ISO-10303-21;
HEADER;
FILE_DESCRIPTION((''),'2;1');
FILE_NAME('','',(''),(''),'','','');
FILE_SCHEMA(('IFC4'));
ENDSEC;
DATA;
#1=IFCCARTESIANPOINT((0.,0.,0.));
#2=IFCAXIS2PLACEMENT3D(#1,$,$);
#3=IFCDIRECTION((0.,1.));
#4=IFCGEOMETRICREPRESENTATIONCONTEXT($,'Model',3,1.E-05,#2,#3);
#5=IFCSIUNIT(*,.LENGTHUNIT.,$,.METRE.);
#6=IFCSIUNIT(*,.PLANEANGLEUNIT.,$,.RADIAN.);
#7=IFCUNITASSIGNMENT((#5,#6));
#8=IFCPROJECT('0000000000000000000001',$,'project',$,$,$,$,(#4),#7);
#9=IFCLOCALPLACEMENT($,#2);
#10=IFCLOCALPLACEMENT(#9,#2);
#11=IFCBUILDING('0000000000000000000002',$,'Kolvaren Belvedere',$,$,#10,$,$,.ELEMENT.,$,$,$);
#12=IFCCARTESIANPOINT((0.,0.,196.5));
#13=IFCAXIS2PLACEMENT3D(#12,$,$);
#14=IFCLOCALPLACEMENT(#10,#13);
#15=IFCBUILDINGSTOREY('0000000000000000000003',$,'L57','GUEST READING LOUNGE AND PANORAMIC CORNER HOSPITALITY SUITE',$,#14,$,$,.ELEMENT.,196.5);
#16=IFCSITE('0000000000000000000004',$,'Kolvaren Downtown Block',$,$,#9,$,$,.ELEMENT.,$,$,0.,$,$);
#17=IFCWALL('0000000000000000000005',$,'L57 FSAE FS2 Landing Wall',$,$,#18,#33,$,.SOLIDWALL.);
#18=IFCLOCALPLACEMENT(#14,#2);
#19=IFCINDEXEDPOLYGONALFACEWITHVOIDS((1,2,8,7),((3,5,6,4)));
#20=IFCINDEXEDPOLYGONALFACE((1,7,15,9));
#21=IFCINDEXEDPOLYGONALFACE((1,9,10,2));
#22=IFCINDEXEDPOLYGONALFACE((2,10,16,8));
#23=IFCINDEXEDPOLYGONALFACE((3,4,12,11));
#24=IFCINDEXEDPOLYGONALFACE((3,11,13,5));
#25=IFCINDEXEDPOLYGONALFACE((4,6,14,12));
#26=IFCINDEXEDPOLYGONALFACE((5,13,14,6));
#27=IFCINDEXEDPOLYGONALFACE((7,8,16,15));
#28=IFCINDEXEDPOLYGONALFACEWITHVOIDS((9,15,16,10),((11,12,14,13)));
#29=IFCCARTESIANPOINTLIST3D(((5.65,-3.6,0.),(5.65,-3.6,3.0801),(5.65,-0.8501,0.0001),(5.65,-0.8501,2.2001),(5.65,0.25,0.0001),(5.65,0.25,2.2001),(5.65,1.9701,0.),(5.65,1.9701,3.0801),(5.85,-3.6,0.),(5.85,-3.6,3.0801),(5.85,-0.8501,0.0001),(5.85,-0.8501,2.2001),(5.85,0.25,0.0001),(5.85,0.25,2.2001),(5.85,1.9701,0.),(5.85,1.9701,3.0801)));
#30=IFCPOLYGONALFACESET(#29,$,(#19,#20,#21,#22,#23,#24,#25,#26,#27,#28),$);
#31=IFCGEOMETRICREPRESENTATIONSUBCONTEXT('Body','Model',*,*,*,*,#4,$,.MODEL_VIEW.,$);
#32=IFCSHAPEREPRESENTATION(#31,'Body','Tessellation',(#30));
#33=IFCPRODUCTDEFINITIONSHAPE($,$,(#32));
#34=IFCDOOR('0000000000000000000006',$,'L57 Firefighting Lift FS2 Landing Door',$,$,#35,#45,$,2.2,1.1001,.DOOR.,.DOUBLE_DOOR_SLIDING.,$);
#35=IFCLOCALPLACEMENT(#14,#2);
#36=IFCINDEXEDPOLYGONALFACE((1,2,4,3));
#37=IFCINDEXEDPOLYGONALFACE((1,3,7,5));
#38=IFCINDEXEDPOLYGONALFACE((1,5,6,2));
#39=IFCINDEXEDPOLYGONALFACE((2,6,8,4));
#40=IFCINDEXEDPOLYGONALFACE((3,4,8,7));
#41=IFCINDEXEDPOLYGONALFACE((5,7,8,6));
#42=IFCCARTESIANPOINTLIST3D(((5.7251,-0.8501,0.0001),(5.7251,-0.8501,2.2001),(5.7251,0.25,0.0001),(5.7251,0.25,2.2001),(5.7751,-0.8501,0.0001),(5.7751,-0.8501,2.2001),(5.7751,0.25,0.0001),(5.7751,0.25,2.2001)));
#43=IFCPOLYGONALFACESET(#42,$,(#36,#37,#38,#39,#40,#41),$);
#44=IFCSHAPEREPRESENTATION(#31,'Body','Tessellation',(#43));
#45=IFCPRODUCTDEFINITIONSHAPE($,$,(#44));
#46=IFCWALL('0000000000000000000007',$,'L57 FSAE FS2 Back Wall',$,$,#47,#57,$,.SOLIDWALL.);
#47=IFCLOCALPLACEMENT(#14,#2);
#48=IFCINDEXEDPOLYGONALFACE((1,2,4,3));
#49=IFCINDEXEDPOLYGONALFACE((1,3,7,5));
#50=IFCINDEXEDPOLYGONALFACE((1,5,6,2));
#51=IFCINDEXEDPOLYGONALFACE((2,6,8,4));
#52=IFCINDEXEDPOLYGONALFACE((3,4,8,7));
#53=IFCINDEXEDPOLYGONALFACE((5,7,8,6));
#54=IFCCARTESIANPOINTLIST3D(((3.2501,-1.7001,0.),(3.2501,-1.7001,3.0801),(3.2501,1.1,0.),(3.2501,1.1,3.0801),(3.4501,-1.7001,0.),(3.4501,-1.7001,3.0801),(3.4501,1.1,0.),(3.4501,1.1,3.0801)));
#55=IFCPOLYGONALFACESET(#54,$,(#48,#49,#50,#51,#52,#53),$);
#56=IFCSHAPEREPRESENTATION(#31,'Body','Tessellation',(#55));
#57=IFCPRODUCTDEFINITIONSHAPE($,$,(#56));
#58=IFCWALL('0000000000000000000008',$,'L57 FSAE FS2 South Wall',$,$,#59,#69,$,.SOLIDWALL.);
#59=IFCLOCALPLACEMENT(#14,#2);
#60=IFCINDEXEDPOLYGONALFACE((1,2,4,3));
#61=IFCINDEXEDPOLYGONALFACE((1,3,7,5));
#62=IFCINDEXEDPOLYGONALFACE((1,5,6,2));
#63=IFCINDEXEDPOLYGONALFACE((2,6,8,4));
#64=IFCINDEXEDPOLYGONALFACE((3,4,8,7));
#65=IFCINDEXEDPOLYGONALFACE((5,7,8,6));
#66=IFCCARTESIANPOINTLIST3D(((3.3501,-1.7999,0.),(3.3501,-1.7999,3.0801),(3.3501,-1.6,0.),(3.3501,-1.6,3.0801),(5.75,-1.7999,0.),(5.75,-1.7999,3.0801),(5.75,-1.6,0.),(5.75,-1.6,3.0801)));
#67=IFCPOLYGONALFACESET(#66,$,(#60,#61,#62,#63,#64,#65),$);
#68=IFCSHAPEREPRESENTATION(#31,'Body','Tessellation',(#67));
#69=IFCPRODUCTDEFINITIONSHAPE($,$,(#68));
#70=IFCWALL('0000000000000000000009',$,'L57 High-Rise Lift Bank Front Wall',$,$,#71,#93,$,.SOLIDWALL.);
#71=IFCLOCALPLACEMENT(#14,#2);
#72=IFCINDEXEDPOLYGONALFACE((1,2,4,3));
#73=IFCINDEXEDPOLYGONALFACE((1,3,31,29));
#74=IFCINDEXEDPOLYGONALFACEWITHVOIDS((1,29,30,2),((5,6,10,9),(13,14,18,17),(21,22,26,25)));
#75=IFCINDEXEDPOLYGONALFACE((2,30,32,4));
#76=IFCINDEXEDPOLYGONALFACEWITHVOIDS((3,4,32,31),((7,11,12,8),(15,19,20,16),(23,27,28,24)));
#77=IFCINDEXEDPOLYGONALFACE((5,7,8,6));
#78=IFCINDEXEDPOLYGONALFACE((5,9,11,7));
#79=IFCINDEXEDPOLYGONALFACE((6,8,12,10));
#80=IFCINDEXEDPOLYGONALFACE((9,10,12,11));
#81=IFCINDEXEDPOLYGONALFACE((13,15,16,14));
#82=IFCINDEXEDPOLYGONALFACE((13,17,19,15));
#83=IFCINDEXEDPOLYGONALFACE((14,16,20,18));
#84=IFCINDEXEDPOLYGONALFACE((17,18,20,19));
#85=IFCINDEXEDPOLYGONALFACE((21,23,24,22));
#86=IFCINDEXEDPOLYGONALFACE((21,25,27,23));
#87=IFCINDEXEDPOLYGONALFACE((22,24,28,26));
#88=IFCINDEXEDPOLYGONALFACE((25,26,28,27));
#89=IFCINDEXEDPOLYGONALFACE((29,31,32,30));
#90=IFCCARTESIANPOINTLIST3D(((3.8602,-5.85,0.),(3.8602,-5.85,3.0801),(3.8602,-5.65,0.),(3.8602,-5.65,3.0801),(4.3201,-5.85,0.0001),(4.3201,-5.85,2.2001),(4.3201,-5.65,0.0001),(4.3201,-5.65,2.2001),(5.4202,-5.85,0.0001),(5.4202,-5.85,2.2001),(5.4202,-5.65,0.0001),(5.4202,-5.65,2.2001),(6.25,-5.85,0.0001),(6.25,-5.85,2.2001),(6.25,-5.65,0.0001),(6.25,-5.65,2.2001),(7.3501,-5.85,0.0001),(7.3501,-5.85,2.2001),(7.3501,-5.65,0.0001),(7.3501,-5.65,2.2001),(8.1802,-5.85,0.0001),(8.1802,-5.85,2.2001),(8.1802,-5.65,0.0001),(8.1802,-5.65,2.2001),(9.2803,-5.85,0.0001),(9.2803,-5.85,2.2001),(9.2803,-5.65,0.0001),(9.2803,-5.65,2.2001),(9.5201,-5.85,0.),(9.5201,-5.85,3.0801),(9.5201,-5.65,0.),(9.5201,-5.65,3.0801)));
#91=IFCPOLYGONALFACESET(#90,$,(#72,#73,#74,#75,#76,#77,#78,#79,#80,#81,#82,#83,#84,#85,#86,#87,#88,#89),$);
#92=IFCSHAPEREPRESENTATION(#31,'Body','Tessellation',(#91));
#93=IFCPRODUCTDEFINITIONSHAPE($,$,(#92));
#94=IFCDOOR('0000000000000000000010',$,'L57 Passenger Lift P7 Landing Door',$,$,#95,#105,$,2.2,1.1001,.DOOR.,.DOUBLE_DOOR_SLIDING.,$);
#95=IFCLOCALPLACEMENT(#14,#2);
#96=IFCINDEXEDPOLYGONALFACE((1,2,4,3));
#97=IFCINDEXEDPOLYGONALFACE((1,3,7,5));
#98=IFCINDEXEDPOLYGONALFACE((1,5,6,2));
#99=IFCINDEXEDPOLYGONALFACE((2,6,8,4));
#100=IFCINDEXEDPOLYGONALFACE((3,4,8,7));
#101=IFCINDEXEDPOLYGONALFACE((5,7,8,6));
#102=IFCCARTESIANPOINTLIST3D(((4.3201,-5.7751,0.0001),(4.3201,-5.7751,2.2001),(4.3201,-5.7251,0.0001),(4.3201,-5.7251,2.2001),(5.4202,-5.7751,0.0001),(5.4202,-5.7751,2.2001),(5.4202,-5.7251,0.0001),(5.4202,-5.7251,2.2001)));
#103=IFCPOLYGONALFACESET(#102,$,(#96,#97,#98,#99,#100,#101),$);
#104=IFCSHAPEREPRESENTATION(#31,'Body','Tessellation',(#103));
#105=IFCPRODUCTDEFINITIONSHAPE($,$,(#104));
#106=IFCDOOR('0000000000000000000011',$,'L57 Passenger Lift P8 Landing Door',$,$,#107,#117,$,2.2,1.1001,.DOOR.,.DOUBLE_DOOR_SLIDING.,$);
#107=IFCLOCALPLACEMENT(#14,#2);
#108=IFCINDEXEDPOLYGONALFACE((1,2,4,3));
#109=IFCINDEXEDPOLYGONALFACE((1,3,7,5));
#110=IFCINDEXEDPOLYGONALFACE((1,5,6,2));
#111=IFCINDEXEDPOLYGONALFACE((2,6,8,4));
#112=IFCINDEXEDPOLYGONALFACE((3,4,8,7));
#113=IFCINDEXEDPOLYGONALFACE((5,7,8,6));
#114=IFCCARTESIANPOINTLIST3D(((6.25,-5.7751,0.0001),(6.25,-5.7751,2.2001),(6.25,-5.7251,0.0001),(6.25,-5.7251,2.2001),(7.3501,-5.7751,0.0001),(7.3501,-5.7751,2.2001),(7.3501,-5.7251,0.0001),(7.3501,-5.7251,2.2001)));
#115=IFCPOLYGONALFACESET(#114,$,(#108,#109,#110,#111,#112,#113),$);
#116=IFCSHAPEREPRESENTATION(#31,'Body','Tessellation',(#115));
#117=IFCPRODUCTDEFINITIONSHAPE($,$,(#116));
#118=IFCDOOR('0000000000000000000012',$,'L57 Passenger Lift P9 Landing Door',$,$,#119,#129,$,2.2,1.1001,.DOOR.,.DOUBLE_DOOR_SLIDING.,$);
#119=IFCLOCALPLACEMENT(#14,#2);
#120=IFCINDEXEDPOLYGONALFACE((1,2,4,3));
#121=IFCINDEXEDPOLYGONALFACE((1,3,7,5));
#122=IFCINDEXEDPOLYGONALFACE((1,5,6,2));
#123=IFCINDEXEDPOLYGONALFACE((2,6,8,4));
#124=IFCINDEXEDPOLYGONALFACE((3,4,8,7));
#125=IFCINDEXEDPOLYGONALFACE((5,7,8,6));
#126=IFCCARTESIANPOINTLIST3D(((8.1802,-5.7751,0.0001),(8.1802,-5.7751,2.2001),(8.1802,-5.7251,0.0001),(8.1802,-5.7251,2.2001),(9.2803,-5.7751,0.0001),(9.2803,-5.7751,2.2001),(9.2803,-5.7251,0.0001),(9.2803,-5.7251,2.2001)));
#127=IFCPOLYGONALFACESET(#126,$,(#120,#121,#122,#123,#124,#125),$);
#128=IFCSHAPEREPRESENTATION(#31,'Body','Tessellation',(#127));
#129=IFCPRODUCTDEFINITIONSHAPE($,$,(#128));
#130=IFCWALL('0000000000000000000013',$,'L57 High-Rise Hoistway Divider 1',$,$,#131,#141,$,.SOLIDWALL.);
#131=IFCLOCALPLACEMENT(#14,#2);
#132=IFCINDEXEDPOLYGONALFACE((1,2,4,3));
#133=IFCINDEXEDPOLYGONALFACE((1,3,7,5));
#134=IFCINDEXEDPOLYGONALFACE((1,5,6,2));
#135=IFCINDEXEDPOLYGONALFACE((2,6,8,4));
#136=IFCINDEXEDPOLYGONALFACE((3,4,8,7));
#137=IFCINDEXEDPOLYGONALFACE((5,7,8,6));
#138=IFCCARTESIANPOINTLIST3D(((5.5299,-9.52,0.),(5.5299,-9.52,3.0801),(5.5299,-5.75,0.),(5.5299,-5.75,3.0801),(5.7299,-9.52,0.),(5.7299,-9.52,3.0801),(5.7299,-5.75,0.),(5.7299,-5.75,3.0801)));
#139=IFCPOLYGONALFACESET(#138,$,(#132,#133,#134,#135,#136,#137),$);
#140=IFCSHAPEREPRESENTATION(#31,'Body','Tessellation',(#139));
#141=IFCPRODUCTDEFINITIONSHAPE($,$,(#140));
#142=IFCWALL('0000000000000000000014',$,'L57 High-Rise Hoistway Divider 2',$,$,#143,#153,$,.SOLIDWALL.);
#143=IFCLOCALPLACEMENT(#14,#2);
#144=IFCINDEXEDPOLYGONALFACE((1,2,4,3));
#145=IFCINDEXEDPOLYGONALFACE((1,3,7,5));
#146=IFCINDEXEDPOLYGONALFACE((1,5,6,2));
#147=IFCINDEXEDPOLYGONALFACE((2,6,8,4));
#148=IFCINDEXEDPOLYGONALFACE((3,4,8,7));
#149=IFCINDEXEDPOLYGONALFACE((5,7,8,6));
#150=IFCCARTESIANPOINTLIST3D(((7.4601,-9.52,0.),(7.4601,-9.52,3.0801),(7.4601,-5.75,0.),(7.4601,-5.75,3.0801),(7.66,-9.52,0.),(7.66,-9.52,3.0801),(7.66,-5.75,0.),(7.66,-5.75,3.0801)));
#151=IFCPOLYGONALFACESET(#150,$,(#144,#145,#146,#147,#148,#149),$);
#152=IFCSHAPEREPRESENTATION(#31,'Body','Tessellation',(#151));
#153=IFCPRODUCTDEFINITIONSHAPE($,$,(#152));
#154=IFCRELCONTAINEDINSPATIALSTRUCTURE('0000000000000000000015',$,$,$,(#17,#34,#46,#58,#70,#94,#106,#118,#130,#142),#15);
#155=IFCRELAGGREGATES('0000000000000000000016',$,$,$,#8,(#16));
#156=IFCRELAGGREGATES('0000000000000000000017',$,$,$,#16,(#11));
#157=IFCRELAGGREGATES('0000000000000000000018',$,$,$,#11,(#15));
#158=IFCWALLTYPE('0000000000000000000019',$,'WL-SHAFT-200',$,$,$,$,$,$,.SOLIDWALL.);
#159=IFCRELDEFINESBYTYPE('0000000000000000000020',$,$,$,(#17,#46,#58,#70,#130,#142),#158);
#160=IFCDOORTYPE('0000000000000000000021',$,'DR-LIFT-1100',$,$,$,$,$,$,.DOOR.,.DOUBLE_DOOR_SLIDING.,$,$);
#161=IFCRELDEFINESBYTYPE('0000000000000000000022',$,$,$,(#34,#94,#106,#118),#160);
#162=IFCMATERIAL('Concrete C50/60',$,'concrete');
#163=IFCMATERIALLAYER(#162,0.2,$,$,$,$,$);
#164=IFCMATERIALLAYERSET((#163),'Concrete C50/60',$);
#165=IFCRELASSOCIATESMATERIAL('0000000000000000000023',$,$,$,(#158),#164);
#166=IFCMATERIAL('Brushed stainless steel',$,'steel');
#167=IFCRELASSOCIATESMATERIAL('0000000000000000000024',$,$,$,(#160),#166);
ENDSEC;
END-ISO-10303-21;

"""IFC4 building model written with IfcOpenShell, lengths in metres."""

from ifc_helpers import new_model, si_unit, direction, frame, frame_2d, origin, place, context, subcontext, project, spatial, rectangle, extrude, material, layer, layer_set, type_object, element, fill, save


model = new_model("IFC4")

# Units and contexts
model_context = context("Model", 3, precision=1e-05, world=origin(), true_north=direction((0.0, 1.0)))
body_context = subcontext(model_context, "Body", "Model", "MODEL_VIEW")
ifc_project = project(units=[si_unit("LENGTHUNIT", "METRE"), si_unit("PLANEANGLEUNIT", "RADIAN")], contexts=[model_context])

# Site, building, storey
site_placement = place(None, origin())
site = spatial("IfcSite", under=ifc_project, at=site_placement, Name="Kolvaren Downtown Block", CompositionType="ELEMENT", RefElevation=0.0)
building_placement = place(site_placement, origin())
building = spatial("IfcBuilding", under=site, at=building_placement, Name="Kolvaren Belvedere", CompositionType="ELEMENT")
storey_placement = place(building_placement, frame((0.0, 0.0, 196.5)))
storey = spatial("IfcBuildingStorey", under=building, at=storey_placement, Name="L57", Description="GUEST READING LOUNGE AND PANORAMIC CORNER HOSPITALITY SUITE", CompositionType="ELEMENT", Elevation=196.5)

# Wall, opening, door
ifc_material_1 = material(Name="Concrete C50/60", Category="concrete")
ifc_layer_1 = layer(ifc_material_1, 0.2)
ifc_layer_set_1 = layer_set([ifc_layer_1], Name="Concrete C50/60")
wall_type_1 = type_object("IfcWallType", Name="WL-SHAFT-200", PredefinedType="SOLIDWALL", material=ifc_layer_set_1)
wall_1_placement = place(storey_placement, frame((5.75, -3.6001, 0.0), z_axis=(0.0, 0.0, 1.0), x_axis=(0.0, 1.0, 0.0)))
wall_1 = element("IfcWall", 1, at=wall_1_placement, inside=storey, type_object=wall_type_1, Name="L57 FSAE FS2 Landing Wall", PredefinedType="SOLIDWALL", context=body_context, shape_type="SweptSolid", body=[
    extrude(rectangle(XDim=5.5701, YDim=0.2, at=frame_2d((2.7852, 0.0))), origin(), (0.0, 0.0, 1.0), 3.0801),
])
opening_1_placement = place(wall_1_placement, frame((2.75, 0.0, 0.0)))
opening_1 = element("IfcOpeningElement", 2, at=opening_1_placement, cuts=wall_1, PredefinedType="OPENING", context=body_context, shape_type="SweptSolid", body=[
    extrude(rectangle(XDim=1.1001, YDim=2.2, at=frame_2d((0.55, 1.1001))), frame((0.0, 0.1099, 0.0), z_axis=(0.0, -1.0, 0.0), x_axis=(1.0, 0.0, 0.0)), (0.0, 0.0, 1.0), 0.22),
])
ifc_material_2 = material(Name="Brushed stainless steel", Category="steel")
door_type_1 = type_object("IfcDoorType", Name="DR-LIFT-1100", OperationType="DOUBLE_DOOR_SLIDING", PredefinedType="DOOR", material=ifc_material_2)
door_1_placement = place(opening_1_placement, origin())
door_1 = element("IfcDoor", 3, at=door_1_placement, inside=storey, type_object=door_type_1, Name="L57 Firefighting Lift FS2 Landing Door", OperationType="DOUBLE_DOOR_SLIDING", OverallHeight=2.2, OverallWidth=1.1001, PredefinedType="DOOR", context=body_context, shape_type="SweptSolid", body=[
    extrude(rectangle(XDim=1.1001, YDim=2.2, at=frame_2d((0.55, 1.1001))), frame((0.0, 0.0249, 0.0), z_axis=(0.0, -1.0, 0.0), x_axis=(1.0, 0.0, 0.0)), (0.0, 0.0, 1.0), 0.05),
])
fill(opening_1, door_1)

# Walls
wall_2_placement = place(storey_placement, frame((3.3501, -1.7, 0.0), z_axis=(0.0, 0.0, 1.0), x_axis=(0.0, 1.0, 0.0)))
element("IfcWall", 4, at=wall_2_placement, inside=storey, type_object=wall_type_1, Name="L57 FSAE FS2 Back Wall", PredefinedType="SOLIDWALL", context=body_context, shape_type="SweptSolid", body=[
    extrude(rectangle(XDim=2.8, YDim=0.2, at=frame_2d((1.3999, 0.0))), origin(), (0.0, 0.0, 1.0), 3.0801),
])
wall_3_placement = place(storey_placement, frame((3.3501, -1.7, 0.0), z_axis=(0.0, 0.0, 1.0), x_axis=(1.0, 0.0, 0.0)))
element("IfcWall", 5, at=wall_3_placement, inside=storey, type_object=wall_type_1, Name="L57 FSAE FS2 South Wall", PredefinedType="SOLIDWALL", context=body_context, shape_type="SweptSolid", body=[
    extrude(rectangle(XDim=2.3999, YDim=0.2, at=frame_2d((1.2, 0.0))), origin(), (0.0, 0.0, 1.0), 3.0801),
])

# Wall, openings, doors
wall_4_placement = place(storey_placement, frame((3.8601, -5.75, 0.0), z_axis=(0.0, 0.0, 1.0), x_axis=(1.0, 0.0, 0.0)))
wall_4 = element("IfcWall", 6, at=wall_4_placement, inside=storey, type_object=wall_type_1, Name="L57 High-Rise Lift Bank Front Wall", PredefinedType="SOLIDWALL", context=body_context, shape_type="SweptSolid", body=[
    extrude(rectangle(XDim=5.6599, YDim=0.2, at=frame_2d((2.8301, 0.0))), origin(), (0.0, 0.0, 1.0), 3.0801),
])
opening_2_placement = place(wall_4_placement, frame((0.46, 0.0, 0.0)))
opening_2 = element("IfcOpeningElement", 7, at=opening_2_placement, cuts=wall_4, PredefinedType="OPENING", context=body_context, shape_type="SweptSolid", body=[
    extrude(rectangle(XDim=1.1001, YDim=2.2, at=frame_2d((0.55, 1.1001))), frame((0.0, 0.1099, 0.0), z_axis=(0.0, -1.0, 0.0), x_axis=(1.0, 0.0, 0.0)), (0.0, 0.0, 1.0), 0.22),
])
opening_3_placement = place(wall_4_placement, frame((2.3899, 0.0, 0.0)))
opening_3 = element("IfcOpeningElement", 8, at=opening_3_placement, cuts=wall_4, PredefinedType="OPENING", context=body_context, shape_type="SweptSolid", body=[
    extrude(rectangle(XDim=1.1001, YDim=2.2, at=frame_2d((0.55, 1.1001))), frame((0.0, 0.1099, 0.0), z_axis=(0.0, -1.0, 0.0), x_axis=(1.0, 0.0, 0.0)), (0.0, 0.0, 1.0), 0.22),
])
opening_4_placement = place(wall_4_placement, frame((4.3201, 0.0, 0.0)))
opening_4 = element("IfcOpeningElement", 9, at=opening_4_placement, cuts=wall_4, PredefinedType="OPENING", context=body_context, shape_type="SweptSolid", body=[
    extrude(rectangle(XDim=1.1001, YDim=2.2, at=frame_2d((0.55, 1.1001))), frame((0.0, 0.1099, 0.0), z_axis=(0.0, -1.0, 0.0), x_axis=(1.0, 0.0, 0.0)), (0.0, 0.0, 1.0), 0.22),
])
door_2_placement = place(opening_2_placement, origin())
door_2 = element("IfcDoor", 10, at=door_2_placement, inside=storey, type_object=door_type_1, Name="L57 Passenger Lift P7 Landing Door", OperationType="DOUBLE_DOOR_SLIDING", OverallHeight=2.2, OverallWidth=1.1001, PredefinedType="DOOR", context=body_context, shape_type="SweptSolid", body=[
    extrude(rectangle(XDim=1.1001, YDim=2.2, at=frame_2d((0.55, 1.1001))), frame((0.0, 0.0249, 0.0), z_axis=(0.0, -1.0, 0.0), x_axis=(1.0, 0.0, 0.0)), (0.0, 0.0, 1.0), 0.05),
])
fill(opening_2, door_2)
door_3_placement = place(opening_3_placement, origin())
door_3 = element("IfcDoor", 11, at=door_3_placement, inside=storey, type_object=door_type_1, Name="L57 Passenger Lift P8 Landing Door", OperationType="DOUBLE_DOOR_SLIDING", OverallHeight=2.2, OverallWidth=1.1001, PredefinedType="DOOR", context=body_context, shape_type="SweptSolid", body=[
    extrude(rectangle(XDim=1.1001, YDim=2.2, at=frame_2d((0.55, 1.1001))), frame((0.0, 0.0249, 0.0), z_axis=(0.0, -1.0, 0.0), x_axis=(1.0, 0.0, 0.0)), (0.0, 0.0, 1.0), 0.05),
])
fill(opening_3, door_3)
door_4_placement = place(opening_4_placement, origin())
door_4 = element("IfcDoor", 12, at=door_4_placement, inside=storey, type_object=door_type_1, Name="L57 Passenger Lift P9 Landing Door", OperationType="DOUBLE_DOOR_SLIDING", OverallHeight=2.2, OverallWidth=1.1001, PredefinedType="DOOR", context=body_context, shape_type="SweptSolid", body=[
    extrude(rectangle(XDim=1.1001, YDim=2.2, at=frame_2d((0.55, 1.1001))), frame((0.0, 0.0249, 0.0), z_axis=(0.0, -1.0, 0.0), x_axis=(1.0, 0.0, 0.0)), (0.0, 0.0, 1.0), 0.05),
])
fill(opening_4, door_4)

# Walls
for number, where, z_axis, x_axis, name in (
    (13, (5.6299, -9.52, 0.0), (0.0, 0.0, 1.0), (0.0, 1.0, 0.0), "L57 High-Rise Hoistway Divider 1"),
    (14, (7.5601, -9.52, 0.0), (0.0, 0.0, 1.0), (0.0, 1.0, 0.0), "L57 High-Rise Hoistway Divider 2"),
):
    element("IfcWall", number, at=place(storey_placement, frame(where, z_axis=z_axis, x_axis=x_axis)), inside=storey, type_object=wall_type_1, Name=name, PredefinedType="SOLIDWALL", context=body_context, shape_type="SweptSolid", body=[
        extrude(rectangle(XDim=3.77, YDim=0.2, at=frame_2d((1.885, 0.0))), origin(), (0.0, 0.0, 1.0), 3.0801),
    ])

save(model, "model.ifc")
